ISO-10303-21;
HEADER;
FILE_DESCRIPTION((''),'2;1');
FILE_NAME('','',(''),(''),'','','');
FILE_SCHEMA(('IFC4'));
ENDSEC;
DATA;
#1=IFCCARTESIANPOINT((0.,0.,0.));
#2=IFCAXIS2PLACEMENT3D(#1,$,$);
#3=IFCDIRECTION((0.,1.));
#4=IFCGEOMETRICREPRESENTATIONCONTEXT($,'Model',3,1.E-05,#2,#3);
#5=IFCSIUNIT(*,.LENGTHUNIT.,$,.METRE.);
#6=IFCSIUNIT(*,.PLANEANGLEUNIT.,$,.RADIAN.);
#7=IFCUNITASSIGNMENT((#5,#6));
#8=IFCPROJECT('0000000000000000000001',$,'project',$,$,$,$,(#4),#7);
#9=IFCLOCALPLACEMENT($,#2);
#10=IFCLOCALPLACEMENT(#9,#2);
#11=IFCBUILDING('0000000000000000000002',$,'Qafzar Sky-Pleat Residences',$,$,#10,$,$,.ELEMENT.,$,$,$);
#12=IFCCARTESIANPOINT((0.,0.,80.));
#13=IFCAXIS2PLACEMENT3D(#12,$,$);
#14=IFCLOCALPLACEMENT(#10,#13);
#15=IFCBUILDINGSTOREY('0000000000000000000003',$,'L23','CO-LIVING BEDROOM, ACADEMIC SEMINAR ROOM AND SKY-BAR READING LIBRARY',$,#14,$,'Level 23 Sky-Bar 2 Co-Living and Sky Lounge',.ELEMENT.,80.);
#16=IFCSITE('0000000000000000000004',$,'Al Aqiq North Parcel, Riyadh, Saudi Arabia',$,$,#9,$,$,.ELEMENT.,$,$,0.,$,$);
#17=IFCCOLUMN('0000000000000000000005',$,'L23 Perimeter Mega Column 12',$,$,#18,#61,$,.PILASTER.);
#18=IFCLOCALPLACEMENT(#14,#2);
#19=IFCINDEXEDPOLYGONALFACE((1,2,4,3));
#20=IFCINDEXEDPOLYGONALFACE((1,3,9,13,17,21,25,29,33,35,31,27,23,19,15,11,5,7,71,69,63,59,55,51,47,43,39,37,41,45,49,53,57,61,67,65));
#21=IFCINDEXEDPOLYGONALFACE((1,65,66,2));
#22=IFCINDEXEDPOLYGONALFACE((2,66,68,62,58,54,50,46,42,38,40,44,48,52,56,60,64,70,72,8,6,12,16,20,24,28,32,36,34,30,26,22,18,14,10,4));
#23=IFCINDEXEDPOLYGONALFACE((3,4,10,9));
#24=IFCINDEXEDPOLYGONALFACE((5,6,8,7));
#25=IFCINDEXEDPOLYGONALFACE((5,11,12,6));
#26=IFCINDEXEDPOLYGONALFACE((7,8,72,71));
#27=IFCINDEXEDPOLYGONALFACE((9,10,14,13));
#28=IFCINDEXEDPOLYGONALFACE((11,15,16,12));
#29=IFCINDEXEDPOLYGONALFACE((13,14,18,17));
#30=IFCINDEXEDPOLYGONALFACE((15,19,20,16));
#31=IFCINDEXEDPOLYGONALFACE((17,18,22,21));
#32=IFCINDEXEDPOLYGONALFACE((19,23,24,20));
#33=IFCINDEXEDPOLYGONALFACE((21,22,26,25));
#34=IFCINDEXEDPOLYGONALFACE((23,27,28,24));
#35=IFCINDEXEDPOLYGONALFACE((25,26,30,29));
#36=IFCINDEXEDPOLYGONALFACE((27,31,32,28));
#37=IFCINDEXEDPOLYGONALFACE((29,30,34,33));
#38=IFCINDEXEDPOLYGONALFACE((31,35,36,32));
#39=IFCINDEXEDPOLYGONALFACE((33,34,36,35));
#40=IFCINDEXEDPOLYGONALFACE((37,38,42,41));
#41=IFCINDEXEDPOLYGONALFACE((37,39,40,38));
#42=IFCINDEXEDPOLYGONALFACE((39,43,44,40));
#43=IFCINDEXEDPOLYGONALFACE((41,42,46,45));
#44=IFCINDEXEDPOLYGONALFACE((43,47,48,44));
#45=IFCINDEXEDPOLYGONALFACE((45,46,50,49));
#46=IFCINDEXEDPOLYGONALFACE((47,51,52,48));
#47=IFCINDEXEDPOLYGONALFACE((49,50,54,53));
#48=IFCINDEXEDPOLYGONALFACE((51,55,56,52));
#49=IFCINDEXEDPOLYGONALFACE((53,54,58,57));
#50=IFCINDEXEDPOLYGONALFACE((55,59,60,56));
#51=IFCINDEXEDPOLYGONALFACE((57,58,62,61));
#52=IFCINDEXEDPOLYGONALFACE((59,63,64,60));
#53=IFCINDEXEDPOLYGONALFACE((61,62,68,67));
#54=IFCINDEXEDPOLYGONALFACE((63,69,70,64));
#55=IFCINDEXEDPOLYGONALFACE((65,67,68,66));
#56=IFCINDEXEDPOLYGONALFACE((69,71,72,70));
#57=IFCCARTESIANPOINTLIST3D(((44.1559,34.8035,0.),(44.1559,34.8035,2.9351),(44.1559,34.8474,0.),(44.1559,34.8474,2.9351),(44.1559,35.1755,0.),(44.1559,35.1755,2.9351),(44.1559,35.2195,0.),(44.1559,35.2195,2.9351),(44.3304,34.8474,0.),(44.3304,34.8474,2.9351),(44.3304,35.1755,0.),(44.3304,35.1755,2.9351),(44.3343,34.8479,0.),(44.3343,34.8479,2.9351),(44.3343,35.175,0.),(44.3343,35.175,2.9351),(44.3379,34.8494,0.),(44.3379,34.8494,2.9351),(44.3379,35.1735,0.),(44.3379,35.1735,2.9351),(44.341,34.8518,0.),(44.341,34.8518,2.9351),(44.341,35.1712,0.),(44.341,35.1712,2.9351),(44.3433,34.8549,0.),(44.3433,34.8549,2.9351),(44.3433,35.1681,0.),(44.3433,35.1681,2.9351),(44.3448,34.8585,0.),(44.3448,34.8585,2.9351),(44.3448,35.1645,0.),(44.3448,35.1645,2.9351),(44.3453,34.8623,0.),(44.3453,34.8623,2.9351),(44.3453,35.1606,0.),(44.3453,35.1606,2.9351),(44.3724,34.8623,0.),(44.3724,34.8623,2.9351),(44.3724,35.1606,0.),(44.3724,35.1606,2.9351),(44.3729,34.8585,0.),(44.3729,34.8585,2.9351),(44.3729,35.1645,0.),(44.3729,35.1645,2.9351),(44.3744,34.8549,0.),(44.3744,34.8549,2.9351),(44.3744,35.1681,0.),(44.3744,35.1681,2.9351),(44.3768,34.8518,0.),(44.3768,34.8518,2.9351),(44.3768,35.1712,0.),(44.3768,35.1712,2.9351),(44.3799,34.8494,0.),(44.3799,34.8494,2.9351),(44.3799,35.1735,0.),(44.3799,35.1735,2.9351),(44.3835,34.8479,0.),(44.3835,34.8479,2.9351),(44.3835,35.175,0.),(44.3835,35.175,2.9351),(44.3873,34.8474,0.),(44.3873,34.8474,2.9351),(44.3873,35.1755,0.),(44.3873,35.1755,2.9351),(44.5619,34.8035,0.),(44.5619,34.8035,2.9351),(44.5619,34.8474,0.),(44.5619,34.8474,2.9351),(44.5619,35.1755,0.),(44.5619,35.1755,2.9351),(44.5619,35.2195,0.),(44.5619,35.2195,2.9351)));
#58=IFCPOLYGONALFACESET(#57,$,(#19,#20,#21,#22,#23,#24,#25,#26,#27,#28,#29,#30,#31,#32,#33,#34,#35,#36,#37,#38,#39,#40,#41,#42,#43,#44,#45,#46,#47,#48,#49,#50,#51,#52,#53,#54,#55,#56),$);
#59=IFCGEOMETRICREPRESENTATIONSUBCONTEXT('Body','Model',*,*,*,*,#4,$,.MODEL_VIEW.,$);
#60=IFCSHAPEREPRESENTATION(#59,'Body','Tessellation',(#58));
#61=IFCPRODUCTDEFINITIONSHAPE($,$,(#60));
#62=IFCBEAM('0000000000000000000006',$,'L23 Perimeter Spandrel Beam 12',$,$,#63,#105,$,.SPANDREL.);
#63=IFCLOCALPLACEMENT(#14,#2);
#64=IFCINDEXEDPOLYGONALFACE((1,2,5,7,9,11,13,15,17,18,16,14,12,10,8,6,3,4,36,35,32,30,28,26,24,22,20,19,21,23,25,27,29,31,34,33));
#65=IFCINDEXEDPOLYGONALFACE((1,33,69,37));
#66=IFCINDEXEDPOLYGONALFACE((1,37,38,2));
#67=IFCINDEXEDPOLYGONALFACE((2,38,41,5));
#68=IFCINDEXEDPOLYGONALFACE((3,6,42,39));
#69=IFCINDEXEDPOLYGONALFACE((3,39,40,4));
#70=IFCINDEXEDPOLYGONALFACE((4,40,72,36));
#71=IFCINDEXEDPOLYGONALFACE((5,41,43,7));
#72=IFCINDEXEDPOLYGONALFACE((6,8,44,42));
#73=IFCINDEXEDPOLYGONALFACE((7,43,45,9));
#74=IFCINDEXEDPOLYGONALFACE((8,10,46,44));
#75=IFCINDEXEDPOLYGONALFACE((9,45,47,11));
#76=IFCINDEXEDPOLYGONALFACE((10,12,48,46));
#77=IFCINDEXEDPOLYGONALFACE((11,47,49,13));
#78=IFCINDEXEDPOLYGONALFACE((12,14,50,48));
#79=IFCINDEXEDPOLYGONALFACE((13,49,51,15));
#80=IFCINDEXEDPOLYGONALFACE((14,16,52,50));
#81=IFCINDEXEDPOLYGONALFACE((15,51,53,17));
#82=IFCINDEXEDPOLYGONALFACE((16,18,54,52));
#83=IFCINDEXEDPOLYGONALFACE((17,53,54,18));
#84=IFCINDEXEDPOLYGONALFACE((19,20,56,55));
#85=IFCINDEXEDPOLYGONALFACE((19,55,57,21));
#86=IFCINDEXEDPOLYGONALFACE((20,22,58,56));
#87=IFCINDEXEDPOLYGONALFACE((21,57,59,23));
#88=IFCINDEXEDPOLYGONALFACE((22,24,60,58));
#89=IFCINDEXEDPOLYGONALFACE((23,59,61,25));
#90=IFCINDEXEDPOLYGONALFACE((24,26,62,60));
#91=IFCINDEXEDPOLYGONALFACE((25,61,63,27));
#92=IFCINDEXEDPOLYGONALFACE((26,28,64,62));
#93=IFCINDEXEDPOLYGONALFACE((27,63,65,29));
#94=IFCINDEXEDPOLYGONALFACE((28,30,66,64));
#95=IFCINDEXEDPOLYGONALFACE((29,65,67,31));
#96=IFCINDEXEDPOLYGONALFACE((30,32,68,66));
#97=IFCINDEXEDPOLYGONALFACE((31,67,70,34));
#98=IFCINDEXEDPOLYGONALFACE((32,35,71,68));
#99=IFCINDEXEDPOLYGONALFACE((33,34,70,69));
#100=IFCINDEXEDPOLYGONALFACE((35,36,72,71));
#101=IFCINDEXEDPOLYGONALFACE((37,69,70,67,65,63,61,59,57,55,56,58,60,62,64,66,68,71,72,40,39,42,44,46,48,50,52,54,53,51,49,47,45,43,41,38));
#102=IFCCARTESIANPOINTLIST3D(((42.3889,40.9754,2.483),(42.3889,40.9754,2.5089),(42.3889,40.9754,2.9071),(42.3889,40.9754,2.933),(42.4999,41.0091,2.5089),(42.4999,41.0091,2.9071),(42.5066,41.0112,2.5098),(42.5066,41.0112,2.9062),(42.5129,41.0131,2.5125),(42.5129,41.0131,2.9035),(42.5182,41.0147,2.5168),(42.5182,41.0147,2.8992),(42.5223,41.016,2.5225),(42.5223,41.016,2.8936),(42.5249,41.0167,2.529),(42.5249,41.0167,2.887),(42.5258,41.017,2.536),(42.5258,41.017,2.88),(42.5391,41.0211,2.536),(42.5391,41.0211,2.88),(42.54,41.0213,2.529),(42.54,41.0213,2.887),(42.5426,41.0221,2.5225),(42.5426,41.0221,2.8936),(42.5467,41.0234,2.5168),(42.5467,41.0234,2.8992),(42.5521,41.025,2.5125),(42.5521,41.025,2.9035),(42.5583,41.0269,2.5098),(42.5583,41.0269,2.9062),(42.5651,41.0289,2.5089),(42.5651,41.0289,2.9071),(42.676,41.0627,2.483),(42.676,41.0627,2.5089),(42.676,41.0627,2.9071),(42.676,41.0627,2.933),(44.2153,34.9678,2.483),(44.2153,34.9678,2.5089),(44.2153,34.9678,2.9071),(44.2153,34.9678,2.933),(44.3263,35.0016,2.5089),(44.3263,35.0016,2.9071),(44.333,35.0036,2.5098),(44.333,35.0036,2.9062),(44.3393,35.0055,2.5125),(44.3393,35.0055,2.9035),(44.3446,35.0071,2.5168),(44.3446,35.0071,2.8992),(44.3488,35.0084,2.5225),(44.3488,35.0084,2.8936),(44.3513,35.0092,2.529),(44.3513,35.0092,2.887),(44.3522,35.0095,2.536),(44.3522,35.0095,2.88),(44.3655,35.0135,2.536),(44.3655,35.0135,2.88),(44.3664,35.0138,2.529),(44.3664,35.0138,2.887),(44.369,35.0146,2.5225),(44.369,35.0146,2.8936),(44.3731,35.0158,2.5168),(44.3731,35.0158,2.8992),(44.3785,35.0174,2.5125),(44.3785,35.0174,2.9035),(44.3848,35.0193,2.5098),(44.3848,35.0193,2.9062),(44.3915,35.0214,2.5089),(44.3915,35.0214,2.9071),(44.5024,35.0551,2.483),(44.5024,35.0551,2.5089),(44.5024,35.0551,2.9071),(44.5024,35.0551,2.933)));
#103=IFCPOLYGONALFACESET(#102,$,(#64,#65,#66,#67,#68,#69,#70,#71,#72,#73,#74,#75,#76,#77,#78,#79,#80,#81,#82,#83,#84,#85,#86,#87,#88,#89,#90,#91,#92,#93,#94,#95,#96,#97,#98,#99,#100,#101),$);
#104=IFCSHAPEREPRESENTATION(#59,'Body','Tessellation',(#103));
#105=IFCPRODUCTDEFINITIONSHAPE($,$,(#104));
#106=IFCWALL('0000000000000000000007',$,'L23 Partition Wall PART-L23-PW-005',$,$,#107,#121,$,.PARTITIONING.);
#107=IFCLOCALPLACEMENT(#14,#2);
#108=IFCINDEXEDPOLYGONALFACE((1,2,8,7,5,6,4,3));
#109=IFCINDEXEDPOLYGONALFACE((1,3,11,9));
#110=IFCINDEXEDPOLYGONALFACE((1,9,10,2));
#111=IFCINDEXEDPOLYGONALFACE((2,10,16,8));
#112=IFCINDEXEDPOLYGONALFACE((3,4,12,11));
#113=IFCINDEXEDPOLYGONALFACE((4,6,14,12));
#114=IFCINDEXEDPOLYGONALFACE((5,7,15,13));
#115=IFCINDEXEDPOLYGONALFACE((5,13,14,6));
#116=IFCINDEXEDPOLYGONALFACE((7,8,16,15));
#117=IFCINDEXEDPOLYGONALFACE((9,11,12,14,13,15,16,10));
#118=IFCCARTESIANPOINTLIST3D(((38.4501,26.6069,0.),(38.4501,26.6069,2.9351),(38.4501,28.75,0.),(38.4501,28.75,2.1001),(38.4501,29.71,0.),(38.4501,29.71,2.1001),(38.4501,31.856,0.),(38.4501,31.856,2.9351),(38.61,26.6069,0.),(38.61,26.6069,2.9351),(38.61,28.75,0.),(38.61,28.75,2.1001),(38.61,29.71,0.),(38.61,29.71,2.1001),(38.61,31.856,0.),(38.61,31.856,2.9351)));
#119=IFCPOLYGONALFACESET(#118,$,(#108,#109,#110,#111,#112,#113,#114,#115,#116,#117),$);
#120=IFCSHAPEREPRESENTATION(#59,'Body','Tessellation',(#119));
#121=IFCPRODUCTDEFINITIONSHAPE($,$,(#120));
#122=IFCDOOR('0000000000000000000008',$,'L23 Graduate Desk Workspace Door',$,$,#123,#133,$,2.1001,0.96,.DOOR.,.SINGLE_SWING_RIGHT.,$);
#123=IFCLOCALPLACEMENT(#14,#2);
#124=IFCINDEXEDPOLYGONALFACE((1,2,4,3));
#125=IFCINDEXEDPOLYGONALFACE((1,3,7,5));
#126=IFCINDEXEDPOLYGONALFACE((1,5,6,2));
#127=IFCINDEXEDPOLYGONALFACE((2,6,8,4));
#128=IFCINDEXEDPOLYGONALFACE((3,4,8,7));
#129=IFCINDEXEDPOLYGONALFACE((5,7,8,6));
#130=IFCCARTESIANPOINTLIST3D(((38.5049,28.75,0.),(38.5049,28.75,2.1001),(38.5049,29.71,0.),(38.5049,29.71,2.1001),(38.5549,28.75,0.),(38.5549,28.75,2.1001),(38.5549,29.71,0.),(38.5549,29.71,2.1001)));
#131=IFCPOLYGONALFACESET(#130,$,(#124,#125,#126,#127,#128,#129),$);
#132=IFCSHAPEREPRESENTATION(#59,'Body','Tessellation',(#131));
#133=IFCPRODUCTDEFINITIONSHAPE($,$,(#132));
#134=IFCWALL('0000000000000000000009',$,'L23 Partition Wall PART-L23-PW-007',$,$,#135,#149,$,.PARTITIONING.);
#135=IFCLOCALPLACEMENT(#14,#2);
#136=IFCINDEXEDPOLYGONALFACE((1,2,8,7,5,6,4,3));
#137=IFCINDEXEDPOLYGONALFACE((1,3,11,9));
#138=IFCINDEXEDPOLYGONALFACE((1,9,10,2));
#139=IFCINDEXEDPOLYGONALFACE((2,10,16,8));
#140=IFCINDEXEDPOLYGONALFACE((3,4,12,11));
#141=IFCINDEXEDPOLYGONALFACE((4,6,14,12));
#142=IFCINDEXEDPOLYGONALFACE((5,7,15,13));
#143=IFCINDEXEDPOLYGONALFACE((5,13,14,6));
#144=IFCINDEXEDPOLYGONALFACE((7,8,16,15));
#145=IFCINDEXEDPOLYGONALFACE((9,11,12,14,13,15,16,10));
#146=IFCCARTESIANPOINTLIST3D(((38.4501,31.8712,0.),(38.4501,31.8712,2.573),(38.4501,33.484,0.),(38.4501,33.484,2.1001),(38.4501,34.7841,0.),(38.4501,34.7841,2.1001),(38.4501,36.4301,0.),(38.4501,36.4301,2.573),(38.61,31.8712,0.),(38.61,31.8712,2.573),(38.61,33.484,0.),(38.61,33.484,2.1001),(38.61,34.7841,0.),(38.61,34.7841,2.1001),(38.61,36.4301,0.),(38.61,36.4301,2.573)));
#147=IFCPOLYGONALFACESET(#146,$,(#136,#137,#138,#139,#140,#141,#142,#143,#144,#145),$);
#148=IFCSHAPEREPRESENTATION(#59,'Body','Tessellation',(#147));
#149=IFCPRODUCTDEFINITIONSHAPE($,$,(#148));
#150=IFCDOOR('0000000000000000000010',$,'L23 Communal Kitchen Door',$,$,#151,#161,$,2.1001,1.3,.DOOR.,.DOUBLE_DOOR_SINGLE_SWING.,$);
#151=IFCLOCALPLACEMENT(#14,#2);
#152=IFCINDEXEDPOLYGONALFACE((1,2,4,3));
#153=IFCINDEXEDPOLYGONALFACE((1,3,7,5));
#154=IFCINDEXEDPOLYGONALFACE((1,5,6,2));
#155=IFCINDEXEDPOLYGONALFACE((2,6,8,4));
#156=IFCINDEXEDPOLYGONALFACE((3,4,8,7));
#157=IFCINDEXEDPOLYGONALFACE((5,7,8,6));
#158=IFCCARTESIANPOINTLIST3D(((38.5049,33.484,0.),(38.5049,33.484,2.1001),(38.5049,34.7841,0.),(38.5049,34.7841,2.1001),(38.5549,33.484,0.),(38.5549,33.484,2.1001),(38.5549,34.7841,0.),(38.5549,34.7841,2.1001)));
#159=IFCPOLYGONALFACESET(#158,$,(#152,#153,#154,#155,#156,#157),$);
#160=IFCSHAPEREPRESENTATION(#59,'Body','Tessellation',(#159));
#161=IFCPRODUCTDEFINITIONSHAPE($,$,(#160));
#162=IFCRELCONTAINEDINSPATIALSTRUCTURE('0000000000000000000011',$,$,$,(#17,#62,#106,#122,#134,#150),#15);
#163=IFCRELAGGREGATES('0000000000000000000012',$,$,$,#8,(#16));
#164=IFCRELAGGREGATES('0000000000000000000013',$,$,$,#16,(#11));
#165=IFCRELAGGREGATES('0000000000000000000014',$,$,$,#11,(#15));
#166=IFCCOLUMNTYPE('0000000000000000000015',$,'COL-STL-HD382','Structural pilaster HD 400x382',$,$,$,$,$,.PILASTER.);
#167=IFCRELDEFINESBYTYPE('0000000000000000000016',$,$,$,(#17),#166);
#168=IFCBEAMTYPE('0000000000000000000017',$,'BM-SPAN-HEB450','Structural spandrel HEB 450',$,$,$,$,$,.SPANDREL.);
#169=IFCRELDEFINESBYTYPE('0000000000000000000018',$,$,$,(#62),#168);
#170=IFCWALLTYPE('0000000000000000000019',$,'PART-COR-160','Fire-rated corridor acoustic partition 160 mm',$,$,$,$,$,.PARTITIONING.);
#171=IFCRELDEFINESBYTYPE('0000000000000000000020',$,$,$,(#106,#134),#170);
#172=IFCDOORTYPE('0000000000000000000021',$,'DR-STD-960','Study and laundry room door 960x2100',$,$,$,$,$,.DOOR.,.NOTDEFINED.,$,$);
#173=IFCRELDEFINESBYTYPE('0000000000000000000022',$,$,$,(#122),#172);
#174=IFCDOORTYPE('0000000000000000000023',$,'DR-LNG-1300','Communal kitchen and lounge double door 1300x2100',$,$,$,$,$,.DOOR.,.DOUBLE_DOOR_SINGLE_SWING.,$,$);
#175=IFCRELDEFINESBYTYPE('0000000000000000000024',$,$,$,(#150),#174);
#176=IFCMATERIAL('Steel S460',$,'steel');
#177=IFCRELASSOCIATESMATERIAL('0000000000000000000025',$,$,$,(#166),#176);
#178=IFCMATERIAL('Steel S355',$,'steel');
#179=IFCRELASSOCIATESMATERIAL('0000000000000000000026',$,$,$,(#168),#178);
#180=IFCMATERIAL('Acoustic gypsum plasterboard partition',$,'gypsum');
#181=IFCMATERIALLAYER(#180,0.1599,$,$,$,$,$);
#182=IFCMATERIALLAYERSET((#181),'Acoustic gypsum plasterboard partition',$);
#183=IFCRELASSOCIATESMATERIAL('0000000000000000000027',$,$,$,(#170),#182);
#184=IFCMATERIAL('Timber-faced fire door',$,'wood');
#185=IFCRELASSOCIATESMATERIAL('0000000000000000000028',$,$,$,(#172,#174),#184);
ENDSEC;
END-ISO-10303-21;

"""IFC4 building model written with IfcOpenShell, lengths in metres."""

from ifc_helpers import new_model, si_unit, direction, frame, frame_2d, origin, origin_2d, place, context, subcontext, project, spatial, rectangle, i_section, extrude, source, transform, mapped, material, layer, layer_set, material_profile, profile_set, type_object, element, fill, save


model = new_model("IFC4")

# Units and contexts
model_context = context("Model", 3, precision=1e-05, world=origin(), true_north=direction((0.0, 1.0)))
body_context = subcontext(model_context, "Body", "Model", "MODEL_VIEW")
ifc_project = project(units=[si_unit("LENGTHUNIT", "METRE"), si_unit("PLANEANGLEUNIT", "RADIAN")], contexts=[model_context])

# Site, building, storey
site_placement = place(None, origin())
site = spatial("IfcSite", under=ifc_project, at=site_placement, Name="Al Aqiq North Parcel, Riyadh, Saudi Arabia", CompositionType="ELEMENT", RefElevation=0.0)
building_placement = place(site_placement, origin())
building = spatial("IfcBuilding", under=site, at=building_placement, Name="Qafzar Sky-Pleat Residences", CompositionType="ELEMENT")
storey_placement = place(building_placement, frame((0.0, 0.0, 80.0)))
storey = spatial("IfcBuildingStorey", under=building, at=storey_placement, Name="L23", Description="CO-LIVING BEDROOM, ACADEMIC SEMINAR ROOM AND SKY-BAR READING LIBRARY", LongName="Level 23 Sky-Bar 2 Co-Living and Sky Lounge", CompositionType="ELEMENT", Elevation=80.0)

# Column
ifc_material_1 = material(Name="Steel S460", Category="steel")
ifc_material_profile_1 = material_profile(ifc_material_1, i_section(OverallWidth=0.406, OverallDepth=0.416, WebThickness=0.0271, FlangeThickness=0.0439, FilletRadius=0.0149, at=origin_2d()), Name="HD 400x382")
ifc_profile_set_1 = profile_set([ifc_material_profile_1], Name="Steel S460")
column_type = type_object("IfcColumnType", Name="COL-STL-HD382", Description="Structural pilaster HD 400x382", PredefinedType="PILASTER", material=ifc_profile_set_1)
shared_shape_1 = source(origin(), body_context, "Body", "SweptSolid", [
    extrude(i_section(OverallWidth=0.406, OverallDepth=0.416, WebThickness=0.0271, FlangeThickness=0.0439, FilletRadius=0.0149, at=origin_2d()), origin(), (0.0, 0.0, 1.0), 2.9351),
])
column_placement = place(storey_placement, frame((44.3589, 35.0115, 0.0), z_axis=(0.0, 0.0, 1.0), x_axis=(1.0, 0.0, 0.0)))
element("IfcColumn", 1, at=column_placement, inside=storey, type_object=column_type, Name="L23 Perimeter Mega Column 12", PredefinedType="PILASTER", context=body_context, shape_type="MappedRepresentation", body=[
    mapped(shared_shape_1, transform((0.0, 0.0, 0.0), x_axis=(1.0, 0.0, 0.0), y_axis=(0.0, 1.0, 0.0), z_axis=(0.0, 0.0, 1.0), scale=1.0)),
])

# Beam
ifc_material_2 = material(Name="Steel S355", Category="steel")
ifc_material_profile_2 = material_profile(ifc_material_2, i_section(OverallWidth=0.3, OverallDepth=0.45, WebThickness=0.0139, FlangeThickness=0.0259, FilletRadius=0.0271, at=origin_2d()), Name="HEB 450")
ifc_profile_set_2 = profile_set([ifc_material_profile_2], Name="Steel S355")
beam_type = type_object("IfcBeamType", Name="BM-SPAN-HEB450", Description="Structural spandrel HEB 450", PredefinedType="SPANDREL", material=ifc_profile_set_2)
shared_shape_2 = source(origin(), body_context, "Body", "SweptSolid", [
    extrude(i_section(OverallWidth=0.3, OverallDepth=0.45, WebThickness=0.0139, FlangeThickness=0.0259, FilletRadius=0.0271, at=origin_2d()), origin(), (0.0, 0.0, 1.0), 6.2791),
])
beam_placement = place(storey_placement, frame((44.3589, 35.0115, 2.708), z_axis=(-0.290874, 0.956761, 0.0), x_axis=(-0.956761, -0.290874, 0.0)))
element("IfcBeam", 2, at=beam_placement, inside=storey, type_object=beam_type, Name="L23 Perimeter Spandrel Beam 12", PredefinedType="SPANDREL", context=body_context, shape_type="MappedRepresentation", body=[
    mapped(shared_shape_2, transform((0.0, 0.0, 0.0), x_axis=(1.0, 0.0, 0.0), y_axis=(0.0, 1.0, 0.0), z_axis=(0.0, 0.0, 1.0), scale=1.0)),
])

# Walls, openings, doors
ifc_material_3 = material(Name="Acoustic gypsum plasterboard partition", Category="gypsum")
ifc_layer_1 = layer(ifc_material_3, 0.1599)
ifc_layer_set_1 = layer_set([ifc_layer_1], Name="Acoustic gypsum plasterboard partition")
wall_type_1 = type_object("IfcWallType", Name="PART-COR-160", Description="Fire-rated corridor acoustic partition 160 mm", PredefinedType="PARTITIONING", material=ifc_layer_set_1)
wall_1_placement = place(storey_placement, frame((38.53, 31.856, 0.0), z_axis=(0.0, 0.0, 1.0), x_axis=(0.0, -1.0, 0.0)))
wall_1 = element("IfcWall", 3, at=wall_1_placement, inside=storey, type_object=wall_type_1, Name="L23 Partition Wall PART-L23-PW-005", PredefinedType="PARTITIONING", context=body_context, shape_type="SweptSolid", body=[
    extrude(rectangle(XDim=5.249, YDim=0.1599, at=frame_2d((2.6245, 0.0))), origin(), (0.0, 0.0, 1.0), 2.9351),
])
opening_1_placement = place(wall_1_placement, frame((2.146, 0.0, 0.0)))
opening_1 = element("IfcOpeningElement", 4, at=opening_1_placement, cuts=wall_1, PredefinedType="OPENING", context=body_context, shape_type="SweptSolid", body=[
    extrude(rectangle(XDim=0.96, YDim=2.1001, at=frame_2d((0.48, 1.05))), frame((0.0, 0.0898, 0.0), z_axis=(0.0, -1.0, 0.0), x_axis=(1.0, 0.0, 0.0)), (0.0, 0.0, 1.0), 0.1799),
])
ifc_material_4 = material(Name="Timber-faced fire door", Category="wood")
door_type_1 = type_object("IfcDoorType", Name="DR-STD-960", Description="Study and laundry room door 960x2100", OperationType="NOTDEFINED", PredefinedType="DOOR", material=ifc_material_4)
shared_shape_3 = source(origin(), body_context, "Body", "SweptSolid", [
    extrude(rectangle(XDim=0.96, YDim=2.1001, at=frame_2d((0.48, 1.05))), frame((0.0, 0.0249, 0.0), z_axis=(0.0, -1.0, 0.0), x_axis=(1.0, 0.0, 0.0)), (0.0, 0.0, 1.0), 0.05),
])
door_1_placement = place(opening_1_placement, origin())
door_1 = element("IfcDoor", 5, at=door_1_placement, inside=storey, type_object=door_type_1, Name="L23 Graduate Desk Workspace Door", OperationType="SINGLE_SWING_RIGHT", OverallHeight=2.1001, OverallWidth=0.96, PredefinedType="DOOR", context=body_context, shape_type="MappedRepresentation", body=[
    mapped(shared_shape_3, transform((0.0, 0.0, 0.0), x_axis=(1.0, 0.0, 0.0), y_axis=(0.0, 1.0, 0.0), z_axis=(0.0, 0.0, 1.0), scale=1.0)),
])
fill(opening_1, door_1)
wall_2_placement = place(storey_placement, frame((38.53, 36.4299, 0.0), z_axis=(0.0, 0.0, 1.0), x_axis=(0.0, -1.0, 0.0)))
wall_2 = element("IfcWall", 6, at=wall_2_placement, inside=storey, type_object=wall_type_1, Name="L23 Partition Wall PART-L23-PW-007", PredefinedType="PARTITIONING", context=body_context, shape_type="SweptSolid", body=[
    extrude(rectangle(XDim=4.5588, YDim=0.1599, at=frame_2d((2.2793, 0.0))), origin(), (0.0, 0.0, 1.0), 2.573),
])
opening_2_placement = place(wall_2_placement, frame((1.646, 0.0, 0.0)))
opening_2 = element("IfcOpeningElement", 7, at=opening_2_placement, cuts=wall_2, PredefinedType="OPENING", context=body_context, shape_type="SweptSolid", body=[
    extrude(rectangle(XDim=1.3, YDim=2.1001, at=frame_2d((0.6499, 1.05))), frame((0.0, 0.0898, 0.0), z_axis=(0.0, -1.0, 0.0), x_axis=(1.0, 0.0, 0.0)), (0.0, 0.0, 1.0), 0.1799),
])
door_type_2 = type_object("IfcDoorType", Name="DR-LNG-1300", Description="Communal kitchen and lounge double door 1300x2100", OperationType="DOUBLE_DOOR_SINGLE_SWING", PredefinedType="DOOR", material=ifc_material_4)
shared_shape_4 = source(origin(), body_context, "Body", "SweptSolid", [
    extrude(rectangle(XDim=1.3, YDim=2.1001, at=frame_2d((0.6499, 1.05))), frame((0.0, 0.0249, 0.0), z_axis=(0.0, -1.0, 0.0), x_axis=(1.0, 0.0, 0.0)), (0.0, 0.0, 1.0), 0.05),
])
door_2_placement = place(opening_2_placement, origin())
door_2 = element("IfcDoor", 8, at=door_2_placement, inside=storey, type_object=door_type_2, Name="L23 Communal Kitchen Door", OperationType="DOUBLE_DOOR_SINGLE_SWING", OverallHeight=2.1001, OverallWidth=1.3, PredefinedType="DOOR", context=body_context, shape_type="MappedRepresentation", body=[
    mapped(shared_shape_4, transform((0.0, 0.0, 0.0), x_axis=(1.0, 0.0, 0.0), y_axis=(0.0, 1.0, 0.0), z_axis=(0.0, 0.0, 1.0), scale=1.0)),
])
fill(opening_2, door_2)

save(model, "model.ifc")
